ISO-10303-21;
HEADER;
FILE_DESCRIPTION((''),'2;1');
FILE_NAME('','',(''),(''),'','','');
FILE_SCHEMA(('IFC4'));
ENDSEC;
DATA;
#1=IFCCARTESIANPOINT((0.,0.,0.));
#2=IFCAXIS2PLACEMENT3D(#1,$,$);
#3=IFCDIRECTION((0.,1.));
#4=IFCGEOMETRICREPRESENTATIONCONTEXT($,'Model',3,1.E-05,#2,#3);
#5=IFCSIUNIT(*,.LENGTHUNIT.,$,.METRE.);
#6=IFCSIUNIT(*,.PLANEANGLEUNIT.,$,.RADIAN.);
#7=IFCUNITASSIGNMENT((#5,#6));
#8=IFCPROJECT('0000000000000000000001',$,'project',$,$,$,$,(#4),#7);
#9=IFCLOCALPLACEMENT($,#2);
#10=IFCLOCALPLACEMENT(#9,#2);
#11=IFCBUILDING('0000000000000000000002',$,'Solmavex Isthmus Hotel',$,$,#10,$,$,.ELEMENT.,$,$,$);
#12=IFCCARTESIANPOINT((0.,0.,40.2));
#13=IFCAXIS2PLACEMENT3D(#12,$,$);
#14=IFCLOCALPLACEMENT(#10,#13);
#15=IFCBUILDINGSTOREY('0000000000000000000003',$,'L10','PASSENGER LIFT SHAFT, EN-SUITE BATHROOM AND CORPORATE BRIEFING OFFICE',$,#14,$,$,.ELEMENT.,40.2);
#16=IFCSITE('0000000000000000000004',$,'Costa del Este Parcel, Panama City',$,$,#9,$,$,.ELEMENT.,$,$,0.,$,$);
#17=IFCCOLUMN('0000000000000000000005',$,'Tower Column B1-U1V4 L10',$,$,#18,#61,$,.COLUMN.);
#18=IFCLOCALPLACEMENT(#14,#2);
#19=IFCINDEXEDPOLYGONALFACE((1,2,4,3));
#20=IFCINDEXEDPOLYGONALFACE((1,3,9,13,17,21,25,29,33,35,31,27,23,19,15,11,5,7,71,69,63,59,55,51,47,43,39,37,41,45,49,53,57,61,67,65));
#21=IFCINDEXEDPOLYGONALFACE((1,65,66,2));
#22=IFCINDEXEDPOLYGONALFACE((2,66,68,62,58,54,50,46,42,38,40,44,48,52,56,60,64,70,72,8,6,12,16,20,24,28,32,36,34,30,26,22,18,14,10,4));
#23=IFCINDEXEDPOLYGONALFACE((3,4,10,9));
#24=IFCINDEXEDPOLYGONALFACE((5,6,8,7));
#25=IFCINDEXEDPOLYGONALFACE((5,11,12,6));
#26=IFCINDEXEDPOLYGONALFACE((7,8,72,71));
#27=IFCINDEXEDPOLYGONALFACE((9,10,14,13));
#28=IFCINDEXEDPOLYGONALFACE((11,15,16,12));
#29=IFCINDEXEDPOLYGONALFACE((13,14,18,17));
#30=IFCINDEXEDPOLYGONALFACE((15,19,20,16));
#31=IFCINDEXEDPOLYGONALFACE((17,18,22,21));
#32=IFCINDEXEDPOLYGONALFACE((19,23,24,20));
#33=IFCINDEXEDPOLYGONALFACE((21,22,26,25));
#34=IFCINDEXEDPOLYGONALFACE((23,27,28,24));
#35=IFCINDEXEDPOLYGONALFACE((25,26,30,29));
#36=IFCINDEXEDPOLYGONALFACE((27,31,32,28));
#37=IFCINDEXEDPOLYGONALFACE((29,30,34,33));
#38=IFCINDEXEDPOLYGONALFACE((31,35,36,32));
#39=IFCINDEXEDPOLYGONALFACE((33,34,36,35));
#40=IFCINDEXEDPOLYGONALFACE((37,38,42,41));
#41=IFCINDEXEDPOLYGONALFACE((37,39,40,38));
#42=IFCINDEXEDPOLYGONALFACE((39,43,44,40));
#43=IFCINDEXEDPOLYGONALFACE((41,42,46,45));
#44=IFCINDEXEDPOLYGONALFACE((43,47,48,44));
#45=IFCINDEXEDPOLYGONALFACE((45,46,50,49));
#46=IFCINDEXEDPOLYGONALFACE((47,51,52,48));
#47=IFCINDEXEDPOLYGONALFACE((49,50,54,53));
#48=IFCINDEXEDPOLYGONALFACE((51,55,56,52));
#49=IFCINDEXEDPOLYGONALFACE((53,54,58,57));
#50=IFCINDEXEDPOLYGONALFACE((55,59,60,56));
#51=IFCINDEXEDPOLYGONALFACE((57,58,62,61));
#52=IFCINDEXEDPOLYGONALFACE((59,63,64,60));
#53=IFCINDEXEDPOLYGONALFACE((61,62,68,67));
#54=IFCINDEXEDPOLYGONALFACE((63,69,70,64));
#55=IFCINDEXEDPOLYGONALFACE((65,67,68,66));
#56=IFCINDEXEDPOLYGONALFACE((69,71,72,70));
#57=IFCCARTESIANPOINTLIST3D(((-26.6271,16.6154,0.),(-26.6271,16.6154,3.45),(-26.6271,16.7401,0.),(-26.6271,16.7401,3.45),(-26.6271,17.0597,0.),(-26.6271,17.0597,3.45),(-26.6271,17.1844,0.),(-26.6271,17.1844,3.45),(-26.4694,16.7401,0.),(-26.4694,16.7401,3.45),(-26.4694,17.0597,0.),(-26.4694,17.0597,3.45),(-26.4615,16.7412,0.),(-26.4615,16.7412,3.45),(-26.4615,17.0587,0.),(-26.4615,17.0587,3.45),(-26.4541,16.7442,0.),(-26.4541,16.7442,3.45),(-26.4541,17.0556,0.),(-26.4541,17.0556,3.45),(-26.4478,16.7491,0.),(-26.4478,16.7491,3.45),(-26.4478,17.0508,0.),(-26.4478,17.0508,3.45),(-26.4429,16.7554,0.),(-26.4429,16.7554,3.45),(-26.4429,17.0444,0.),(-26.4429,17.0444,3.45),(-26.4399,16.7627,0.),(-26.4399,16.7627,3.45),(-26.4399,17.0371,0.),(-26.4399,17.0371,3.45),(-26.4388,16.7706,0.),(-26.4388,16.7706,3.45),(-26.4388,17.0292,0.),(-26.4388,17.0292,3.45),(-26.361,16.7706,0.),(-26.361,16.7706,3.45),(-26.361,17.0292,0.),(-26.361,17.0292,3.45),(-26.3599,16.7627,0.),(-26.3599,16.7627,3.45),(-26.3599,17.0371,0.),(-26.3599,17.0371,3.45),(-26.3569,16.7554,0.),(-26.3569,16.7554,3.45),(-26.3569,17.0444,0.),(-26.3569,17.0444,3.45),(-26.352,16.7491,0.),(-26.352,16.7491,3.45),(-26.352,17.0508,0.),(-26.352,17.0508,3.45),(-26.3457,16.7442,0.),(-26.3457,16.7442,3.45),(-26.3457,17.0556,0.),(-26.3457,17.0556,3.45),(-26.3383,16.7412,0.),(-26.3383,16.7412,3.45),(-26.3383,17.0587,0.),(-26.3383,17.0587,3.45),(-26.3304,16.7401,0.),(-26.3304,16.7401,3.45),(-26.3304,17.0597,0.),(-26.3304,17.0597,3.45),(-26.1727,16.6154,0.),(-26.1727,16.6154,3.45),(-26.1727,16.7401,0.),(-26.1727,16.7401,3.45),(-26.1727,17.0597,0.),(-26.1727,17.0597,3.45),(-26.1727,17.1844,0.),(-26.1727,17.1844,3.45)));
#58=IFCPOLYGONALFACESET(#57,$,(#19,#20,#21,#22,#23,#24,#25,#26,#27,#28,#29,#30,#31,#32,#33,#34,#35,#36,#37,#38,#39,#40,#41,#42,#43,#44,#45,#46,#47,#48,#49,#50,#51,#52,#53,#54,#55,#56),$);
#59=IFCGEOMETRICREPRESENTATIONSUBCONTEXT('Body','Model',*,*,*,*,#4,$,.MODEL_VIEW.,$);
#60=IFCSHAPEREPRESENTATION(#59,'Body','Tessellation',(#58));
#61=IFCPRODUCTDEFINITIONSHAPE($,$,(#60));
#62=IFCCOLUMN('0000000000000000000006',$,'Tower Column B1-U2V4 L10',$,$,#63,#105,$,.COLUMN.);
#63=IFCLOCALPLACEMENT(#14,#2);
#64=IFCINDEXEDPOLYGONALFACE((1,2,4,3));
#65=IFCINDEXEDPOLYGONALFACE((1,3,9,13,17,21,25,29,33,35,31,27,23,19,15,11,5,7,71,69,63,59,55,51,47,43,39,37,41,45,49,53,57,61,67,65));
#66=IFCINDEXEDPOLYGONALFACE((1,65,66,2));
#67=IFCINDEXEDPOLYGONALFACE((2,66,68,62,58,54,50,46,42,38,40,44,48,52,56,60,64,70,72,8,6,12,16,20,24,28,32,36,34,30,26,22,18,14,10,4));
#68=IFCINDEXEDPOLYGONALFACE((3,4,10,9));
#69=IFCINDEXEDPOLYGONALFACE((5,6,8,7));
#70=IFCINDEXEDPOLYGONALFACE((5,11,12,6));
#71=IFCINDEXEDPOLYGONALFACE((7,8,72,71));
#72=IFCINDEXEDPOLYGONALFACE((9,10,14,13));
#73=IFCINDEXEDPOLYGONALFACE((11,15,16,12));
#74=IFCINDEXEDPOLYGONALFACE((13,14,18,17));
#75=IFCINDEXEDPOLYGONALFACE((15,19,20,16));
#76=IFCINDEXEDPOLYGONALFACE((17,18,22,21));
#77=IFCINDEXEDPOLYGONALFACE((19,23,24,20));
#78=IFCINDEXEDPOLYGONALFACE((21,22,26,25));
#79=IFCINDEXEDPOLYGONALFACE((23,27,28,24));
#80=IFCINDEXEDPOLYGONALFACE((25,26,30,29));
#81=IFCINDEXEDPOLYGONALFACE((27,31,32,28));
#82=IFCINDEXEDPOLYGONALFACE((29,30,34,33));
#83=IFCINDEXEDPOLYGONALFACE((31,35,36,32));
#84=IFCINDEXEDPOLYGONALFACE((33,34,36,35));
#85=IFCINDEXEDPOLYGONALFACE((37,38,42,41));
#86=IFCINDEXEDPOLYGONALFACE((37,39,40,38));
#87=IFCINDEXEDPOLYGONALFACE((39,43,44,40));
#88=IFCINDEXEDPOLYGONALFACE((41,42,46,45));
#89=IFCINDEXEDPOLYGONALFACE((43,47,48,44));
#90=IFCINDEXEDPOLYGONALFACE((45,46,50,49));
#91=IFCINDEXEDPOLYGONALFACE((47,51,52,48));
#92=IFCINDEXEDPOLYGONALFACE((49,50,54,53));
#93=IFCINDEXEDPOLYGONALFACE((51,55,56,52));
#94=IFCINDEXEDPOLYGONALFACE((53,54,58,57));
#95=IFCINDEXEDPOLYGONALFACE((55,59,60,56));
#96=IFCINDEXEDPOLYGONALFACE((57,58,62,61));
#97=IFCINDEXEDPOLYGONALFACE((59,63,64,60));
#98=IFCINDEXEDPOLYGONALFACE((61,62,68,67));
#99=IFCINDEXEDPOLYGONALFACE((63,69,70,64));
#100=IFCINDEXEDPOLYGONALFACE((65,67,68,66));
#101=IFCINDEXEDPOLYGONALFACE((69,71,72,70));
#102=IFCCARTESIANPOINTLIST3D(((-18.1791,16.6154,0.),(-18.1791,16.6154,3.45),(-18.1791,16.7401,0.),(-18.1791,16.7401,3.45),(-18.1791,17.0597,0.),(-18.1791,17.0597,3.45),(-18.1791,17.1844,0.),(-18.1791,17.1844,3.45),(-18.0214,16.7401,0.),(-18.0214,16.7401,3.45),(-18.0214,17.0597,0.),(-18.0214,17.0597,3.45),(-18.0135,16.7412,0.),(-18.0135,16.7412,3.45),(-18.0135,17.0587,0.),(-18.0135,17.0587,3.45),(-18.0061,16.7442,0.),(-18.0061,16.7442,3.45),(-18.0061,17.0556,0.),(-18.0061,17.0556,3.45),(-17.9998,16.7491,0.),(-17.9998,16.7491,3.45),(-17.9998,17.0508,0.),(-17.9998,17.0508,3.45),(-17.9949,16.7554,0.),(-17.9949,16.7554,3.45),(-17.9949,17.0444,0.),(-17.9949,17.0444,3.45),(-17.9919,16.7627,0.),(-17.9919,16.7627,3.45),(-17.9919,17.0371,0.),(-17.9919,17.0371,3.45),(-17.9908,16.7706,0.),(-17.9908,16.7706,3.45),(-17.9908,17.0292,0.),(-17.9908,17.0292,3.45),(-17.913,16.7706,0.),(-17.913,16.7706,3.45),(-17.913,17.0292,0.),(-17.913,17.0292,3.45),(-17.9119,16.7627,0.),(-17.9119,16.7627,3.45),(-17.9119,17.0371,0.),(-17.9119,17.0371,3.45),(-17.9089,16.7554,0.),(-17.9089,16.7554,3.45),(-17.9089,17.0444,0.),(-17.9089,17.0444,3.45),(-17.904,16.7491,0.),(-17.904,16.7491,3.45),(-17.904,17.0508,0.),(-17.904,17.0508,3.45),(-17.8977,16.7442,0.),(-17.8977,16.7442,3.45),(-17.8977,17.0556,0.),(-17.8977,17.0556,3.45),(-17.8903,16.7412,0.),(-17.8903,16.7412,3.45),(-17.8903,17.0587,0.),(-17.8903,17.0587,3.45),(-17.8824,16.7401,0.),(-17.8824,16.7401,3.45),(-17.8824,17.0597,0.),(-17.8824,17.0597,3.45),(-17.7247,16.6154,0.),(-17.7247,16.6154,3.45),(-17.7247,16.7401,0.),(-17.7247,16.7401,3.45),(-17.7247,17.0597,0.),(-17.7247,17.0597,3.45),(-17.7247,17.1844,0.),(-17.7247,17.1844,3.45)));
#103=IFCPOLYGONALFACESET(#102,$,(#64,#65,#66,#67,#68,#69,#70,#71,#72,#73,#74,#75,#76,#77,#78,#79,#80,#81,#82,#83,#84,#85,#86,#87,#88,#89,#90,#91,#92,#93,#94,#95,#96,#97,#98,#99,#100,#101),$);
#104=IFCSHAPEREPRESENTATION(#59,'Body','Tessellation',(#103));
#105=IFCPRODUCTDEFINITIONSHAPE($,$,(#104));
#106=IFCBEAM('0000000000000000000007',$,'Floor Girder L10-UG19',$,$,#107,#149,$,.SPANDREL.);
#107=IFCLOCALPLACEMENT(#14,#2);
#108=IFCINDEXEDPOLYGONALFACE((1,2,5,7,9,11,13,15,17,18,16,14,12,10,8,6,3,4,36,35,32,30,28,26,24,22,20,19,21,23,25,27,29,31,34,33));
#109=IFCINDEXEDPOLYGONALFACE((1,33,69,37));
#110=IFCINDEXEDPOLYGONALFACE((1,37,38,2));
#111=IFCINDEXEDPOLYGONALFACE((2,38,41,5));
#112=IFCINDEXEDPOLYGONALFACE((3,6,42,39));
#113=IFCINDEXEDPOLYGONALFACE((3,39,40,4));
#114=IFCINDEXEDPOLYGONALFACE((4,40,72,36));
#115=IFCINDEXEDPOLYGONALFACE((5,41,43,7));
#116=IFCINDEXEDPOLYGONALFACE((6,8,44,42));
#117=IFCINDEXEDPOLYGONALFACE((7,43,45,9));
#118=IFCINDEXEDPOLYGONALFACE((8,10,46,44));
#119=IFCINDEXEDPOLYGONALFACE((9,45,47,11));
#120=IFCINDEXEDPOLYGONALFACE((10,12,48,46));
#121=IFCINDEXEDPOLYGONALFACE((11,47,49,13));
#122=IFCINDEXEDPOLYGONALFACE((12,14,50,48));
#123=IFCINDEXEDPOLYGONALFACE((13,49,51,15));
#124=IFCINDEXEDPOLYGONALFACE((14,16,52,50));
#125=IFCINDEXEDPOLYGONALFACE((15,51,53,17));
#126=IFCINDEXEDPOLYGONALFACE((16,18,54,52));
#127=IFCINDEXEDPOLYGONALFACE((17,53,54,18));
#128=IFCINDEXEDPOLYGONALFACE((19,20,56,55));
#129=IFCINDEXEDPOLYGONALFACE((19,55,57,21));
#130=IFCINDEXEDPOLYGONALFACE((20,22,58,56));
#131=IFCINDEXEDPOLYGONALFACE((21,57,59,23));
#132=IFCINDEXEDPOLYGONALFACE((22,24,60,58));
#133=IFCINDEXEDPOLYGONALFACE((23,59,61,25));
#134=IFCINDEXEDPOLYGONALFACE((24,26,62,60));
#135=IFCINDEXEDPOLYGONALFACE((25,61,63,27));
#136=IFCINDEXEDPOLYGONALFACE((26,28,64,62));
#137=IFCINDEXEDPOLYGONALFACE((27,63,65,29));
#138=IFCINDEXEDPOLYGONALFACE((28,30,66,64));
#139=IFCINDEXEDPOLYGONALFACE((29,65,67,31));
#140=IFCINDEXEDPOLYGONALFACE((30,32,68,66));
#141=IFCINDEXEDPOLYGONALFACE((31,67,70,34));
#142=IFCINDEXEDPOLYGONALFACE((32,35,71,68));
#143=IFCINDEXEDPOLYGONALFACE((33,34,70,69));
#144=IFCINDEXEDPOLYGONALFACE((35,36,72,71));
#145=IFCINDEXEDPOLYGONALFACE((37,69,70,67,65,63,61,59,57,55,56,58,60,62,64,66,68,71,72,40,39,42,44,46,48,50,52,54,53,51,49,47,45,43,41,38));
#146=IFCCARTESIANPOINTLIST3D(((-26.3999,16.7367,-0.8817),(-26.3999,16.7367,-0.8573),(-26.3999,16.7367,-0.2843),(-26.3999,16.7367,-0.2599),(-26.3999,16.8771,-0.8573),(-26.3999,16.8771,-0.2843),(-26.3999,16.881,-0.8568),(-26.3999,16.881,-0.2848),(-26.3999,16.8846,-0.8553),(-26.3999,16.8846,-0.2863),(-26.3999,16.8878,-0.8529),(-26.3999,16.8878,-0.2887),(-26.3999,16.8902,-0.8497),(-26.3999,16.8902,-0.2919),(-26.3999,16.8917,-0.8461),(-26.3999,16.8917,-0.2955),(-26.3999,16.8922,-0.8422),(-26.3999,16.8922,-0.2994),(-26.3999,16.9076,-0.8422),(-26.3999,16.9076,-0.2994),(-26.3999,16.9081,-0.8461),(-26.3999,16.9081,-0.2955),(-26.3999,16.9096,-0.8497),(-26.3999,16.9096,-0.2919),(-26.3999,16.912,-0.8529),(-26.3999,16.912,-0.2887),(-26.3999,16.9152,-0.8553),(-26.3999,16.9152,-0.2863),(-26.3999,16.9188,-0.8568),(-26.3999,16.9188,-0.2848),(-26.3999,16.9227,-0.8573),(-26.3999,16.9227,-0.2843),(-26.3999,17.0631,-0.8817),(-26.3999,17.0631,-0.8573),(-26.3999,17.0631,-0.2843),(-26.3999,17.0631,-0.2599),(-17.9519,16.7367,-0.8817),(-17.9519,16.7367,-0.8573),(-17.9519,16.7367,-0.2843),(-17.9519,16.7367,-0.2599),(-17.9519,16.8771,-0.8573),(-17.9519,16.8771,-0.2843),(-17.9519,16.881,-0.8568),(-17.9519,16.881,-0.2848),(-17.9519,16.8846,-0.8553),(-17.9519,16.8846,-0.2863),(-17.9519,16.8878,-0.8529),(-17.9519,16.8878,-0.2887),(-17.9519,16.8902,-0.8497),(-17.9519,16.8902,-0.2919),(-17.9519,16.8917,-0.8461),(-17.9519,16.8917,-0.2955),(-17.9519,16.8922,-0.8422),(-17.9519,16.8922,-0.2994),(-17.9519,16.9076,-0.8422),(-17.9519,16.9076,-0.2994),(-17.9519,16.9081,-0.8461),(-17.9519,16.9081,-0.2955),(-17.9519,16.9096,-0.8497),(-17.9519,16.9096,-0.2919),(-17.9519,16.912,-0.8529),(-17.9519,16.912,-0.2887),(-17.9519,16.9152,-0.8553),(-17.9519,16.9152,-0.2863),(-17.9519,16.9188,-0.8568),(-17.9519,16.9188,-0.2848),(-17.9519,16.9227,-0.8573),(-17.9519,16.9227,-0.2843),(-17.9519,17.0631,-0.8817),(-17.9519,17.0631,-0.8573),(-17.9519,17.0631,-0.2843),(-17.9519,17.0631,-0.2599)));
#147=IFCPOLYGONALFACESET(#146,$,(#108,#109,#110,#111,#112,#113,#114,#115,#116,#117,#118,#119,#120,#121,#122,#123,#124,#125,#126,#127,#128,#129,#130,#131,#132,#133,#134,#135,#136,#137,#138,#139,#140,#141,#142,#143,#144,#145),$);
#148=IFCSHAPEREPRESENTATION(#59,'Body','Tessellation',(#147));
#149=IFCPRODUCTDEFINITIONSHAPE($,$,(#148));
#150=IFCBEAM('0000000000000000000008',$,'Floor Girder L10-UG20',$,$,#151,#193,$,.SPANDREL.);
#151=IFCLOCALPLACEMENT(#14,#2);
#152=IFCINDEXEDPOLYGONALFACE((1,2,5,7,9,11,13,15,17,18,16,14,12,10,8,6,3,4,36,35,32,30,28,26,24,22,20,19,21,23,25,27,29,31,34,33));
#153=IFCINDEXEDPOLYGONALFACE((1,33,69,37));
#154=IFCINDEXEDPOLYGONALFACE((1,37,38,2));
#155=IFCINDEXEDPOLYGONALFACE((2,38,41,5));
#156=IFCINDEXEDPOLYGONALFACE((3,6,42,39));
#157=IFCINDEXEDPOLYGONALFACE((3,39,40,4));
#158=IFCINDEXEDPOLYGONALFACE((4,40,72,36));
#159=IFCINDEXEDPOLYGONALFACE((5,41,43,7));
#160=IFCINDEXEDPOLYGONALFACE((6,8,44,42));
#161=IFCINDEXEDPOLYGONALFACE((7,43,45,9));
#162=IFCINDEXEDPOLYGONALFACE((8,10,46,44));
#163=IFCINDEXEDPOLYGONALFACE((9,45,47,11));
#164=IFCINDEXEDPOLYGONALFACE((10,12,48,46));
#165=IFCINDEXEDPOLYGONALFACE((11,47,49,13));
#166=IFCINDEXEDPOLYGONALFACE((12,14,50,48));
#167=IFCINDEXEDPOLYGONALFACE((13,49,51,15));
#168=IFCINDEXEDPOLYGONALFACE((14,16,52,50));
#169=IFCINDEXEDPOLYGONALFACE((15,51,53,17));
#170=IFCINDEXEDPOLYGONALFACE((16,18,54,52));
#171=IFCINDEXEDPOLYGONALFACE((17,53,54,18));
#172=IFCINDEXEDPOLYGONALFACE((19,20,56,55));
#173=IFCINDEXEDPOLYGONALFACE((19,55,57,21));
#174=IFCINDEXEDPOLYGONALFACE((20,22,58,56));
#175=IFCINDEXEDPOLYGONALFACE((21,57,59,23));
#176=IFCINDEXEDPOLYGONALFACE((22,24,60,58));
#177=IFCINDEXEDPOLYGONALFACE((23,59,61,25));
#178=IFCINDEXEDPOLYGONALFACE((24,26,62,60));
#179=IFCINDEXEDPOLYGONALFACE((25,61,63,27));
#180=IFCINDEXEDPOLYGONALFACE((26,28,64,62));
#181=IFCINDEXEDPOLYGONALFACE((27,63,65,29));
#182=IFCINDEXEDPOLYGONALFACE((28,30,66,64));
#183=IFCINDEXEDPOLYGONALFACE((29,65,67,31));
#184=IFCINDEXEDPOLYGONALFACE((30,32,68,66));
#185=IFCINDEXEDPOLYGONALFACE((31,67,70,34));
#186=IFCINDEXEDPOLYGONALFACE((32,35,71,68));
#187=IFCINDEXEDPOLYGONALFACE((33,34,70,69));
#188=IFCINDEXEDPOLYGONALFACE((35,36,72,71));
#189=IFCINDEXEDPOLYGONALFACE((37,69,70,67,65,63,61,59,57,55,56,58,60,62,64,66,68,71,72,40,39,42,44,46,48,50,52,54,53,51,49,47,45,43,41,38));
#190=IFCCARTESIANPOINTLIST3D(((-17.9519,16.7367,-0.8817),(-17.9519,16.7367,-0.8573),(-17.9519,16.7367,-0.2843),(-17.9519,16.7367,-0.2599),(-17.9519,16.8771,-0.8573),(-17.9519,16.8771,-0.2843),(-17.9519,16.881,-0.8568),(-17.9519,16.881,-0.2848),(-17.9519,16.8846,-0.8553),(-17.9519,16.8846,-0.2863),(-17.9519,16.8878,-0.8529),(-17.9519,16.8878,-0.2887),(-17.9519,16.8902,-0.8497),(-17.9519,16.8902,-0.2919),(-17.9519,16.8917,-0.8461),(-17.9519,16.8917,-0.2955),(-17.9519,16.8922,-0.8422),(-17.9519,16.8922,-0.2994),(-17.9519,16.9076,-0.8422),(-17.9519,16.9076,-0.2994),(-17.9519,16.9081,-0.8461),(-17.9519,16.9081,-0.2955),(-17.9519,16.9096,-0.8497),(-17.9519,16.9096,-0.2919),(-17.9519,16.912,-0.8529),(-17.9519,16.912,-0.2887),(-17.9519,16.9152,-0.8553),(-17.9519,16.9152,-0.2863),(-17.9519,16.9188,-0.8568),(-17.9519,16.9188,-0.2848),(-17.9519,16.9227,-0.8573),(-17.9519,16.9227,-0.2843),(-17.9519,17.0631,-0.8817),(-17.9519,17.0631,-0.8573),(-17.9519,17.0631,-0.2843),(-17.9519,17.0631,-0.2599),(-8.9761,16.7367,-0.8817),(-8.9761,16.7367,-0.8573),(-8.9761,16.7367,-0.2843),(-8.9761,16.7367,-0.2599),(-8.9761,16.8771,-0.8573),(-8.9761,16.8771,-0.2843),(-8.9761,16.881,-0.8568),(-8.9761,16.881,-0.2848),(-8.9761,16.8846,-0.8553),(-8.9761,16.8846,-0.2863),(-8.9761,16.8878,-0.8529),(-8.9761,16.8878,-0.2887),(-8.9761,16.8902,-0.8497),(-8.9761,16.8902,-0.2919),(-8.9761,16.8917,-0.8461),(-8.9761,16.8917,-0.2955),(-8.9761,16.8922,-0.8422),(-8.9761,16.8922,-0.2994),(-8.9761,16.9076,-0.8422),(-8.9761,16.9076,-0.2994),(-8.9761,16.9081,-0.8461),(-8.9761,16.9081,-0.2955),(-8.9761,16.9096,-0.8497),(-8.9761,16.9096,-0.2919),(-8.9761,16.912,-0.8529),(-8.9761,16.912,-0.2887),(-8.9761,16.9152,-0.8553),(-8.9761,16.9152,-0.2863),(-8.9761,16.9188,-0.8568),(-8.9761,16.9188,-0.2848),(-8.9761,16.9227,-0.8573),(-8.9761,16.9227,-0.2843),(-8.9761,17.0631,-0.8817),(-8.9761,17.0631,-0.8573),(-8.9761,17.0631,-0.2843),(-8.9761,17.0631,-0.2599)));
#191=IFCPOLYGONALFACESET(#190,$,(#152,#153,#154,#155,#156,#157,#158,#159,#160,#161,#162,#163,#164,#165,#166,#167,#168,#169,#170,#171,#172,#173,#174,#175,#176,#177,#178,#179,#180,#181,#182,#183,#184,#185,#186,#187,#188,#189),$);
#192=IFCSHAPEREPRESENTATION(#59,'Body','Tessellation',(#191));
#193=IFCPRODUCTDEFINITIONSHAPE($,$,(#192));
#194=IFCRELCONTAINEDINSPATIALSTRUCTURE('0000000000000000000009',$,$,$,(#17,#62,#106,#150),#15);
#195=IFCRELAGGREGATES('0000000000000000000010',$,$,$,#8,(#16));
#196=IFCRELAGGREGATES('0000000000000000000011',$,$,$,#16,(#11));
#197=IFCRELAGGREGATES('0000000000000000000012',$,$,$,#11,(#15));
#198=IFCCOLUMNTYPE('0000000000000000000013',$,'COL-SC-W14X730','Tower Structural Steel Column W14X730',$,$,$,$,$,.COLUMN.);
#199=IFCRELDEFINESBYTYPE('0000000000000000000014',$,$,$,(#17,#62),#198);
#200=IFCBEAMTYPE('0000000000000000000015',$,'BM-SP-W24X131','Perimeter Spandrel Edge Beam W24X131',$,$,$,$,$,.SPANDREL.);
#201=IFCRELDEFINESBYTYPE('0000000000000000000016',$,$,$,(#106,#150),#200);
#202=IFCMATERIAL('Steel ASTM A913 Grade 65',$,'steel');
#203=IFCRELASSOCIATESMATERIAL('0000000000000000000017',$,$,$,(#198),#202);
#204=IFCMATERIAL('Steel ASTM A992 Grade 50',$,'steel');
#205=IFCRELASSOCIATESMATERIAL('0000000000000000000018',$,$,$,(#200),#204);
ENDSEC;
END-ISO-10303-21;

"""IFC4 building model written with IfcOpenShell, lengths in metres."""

from ifc_helpers import new_model, si_unit, direction, frame, origin, origin_2d, place, context, subcontext, project, spatial, i_section, extrude, material, material_profile, profile_set, type_object, element, save


model = new_model("IFC4")

# Units and contexts
model_context = context("Model", 3, precision=1e-05, world=origin(), true_north=direction((0.0, 1.0)))
body_context = subcontext(model_context, "Body", "Model", "MODEL_VIEW")
ifc_project = project(units=[si_unit("LENGTHUNIT", "METRE"), si_unit("PLANEANGLEUNIT", "RADIAN")], contexts=[model_context])

# Site, building, storey
site_placement = place(None, origin())
site = spatial("IfcSite", under=ifc_project, at=site_placement, Name="Costa del Este Parcel, Panama City", CompositionType="ELEMENT", RefElevation=0.0)
building_placement = place(site_placement, origin())
building = spatial("IfcBuilding", under=site, at=building_placement, Name="Solmavex Isthmus Hotel", CompositionType="ELEMENT")
storey_placement = place(building_placement, frame((0.0, 0.0, 40.2)))
storey = spatial("IfcBuildingStorey", under=building, at=storey_placement, Name="L10", Description="PASSENGER LIFT SHAFT, EN-SUITE BATHROOM AND CORPORATE BRIEFING OFFICE", CompositionType="ELEMENT", Elevation=40.2)

# Columns
ifc_material_1 = material(Name="Steel ASTM A913 Grade 65", Category="steel")
ifc_material_profile_1 = material_profile(ifc_material_1, i_section(OverallWidth=0.4543, OverallDepth=0.5691, WebThickness=0.0779, FlangeThickness=0.1248, FilletRadius=0.0305, at=origin_2d()), Name="W14X730")
ifc_profile_set_1 = profile_set([ifc_material_profile_1], Name="Steel ASTM A913 Grade 65")
column_type = type_object("IfcColumnType", Name="COL-SC-W14X730", Description="Tower Structural Steel Column W14X730", PredefinedType="COLUMN", material=ifc_profile_set_1)
for number, where, z_axis, x_axis, name in (
    (1, (-26.3999, 16.8999, 0.0), (0.0, 0.0, 1.0), (1.0, 0.0, 0.0), "Tower Column B1-U1V4 L10"),
    (2, (-17.9519, 16.8999, 0.0), (0.0, 0.0, 1.0), (1.0, 0.0, 0.0), "Tower Column B1-U2V4 L10"),
):
    element("IfcColumn", number, at=place(storey_placement, frame(where, z_axis=z_axis, x_axis=x_axis)), inside=storey, type_object=column_type, Name=name, PredefinedType="COLUMN", context=body_context, shape_type="SweptSolid", body=[
        extrude(i_section(OverallWidth=0.4543, OverallDepth=0.5691, WebThickness=0.0779, FlangeThickness=0.1248, FilletRadius=0.0305, at=origin_2d()), origin(), (0.0, 0.0, 1.0), 3.45),
    ])

# Beams
ifc_material_2 = material(Name="Steel ASTM A992 Grade 50", Category="steel")
ifc_material_profile_2 = material_profile(ifc_material_2, i_section(OverallWidth=0.3264, OverallDepth=0.6218, WebThickness=0.0154, FlangeThickness=0.0244, FilletRadius=0.0151, at=origin_2d()), Name="W24X131")
ifc_profile_set_2 = profile_set([ifc_material_profile_2], Name="Steel ASTM A992 Grade 50")
beam_type = type_object("IfcBeamType", Name="BM-SP-W24X131", Description="Perimeter Spandrel Edge Beam W24X131", PredefinedType="SPANDREL", material=ifc_profile_set_2)
beam_1_placement = place(storey_placement, frame((-26.3999, 16.8999, -0.5708), z_axis=(1.0, 0.0, 0.0), x_axis=(0.0, 1.0, 0.0)))
element("IfcBeam", 3, at=beam_1_placement, inside=storey, type_object=beam_type, Name="Floor Girder L10-UG19", PredefinedType="SPANDREL", context=body_context, shape_type="SweptSolid", body=[
    extrude(i_section(OverallWidth=0.3264, OverallDepth=0.6218, WebThickness=0.0154, FlangeThickness=0.0244, FilletRadius=0.0151, at=origin_2d()), origin(), (0.0, 0.0, 1.0), 8.448),
])
beam_2_placement = place(storey_placement, frame((-17.9519, 16.8999, -0.5708), z_axis=(1.0, 0.0, 0.0), x_axis=(0.0, 1.0, 0.0)))
element("IfcBeam", 4, at=beam_2_placement, inside=storey, type_object=beam_type, Name="Floor Girder L10-UG20", PredefinedType="SPANDREL", context=body_context, shape_type="SweptSolid", body=[
    extrude(i_section(OverallWidth=0.3264, OverallDepth=0.6218, WebThickness=0.0154, FlangeThickness=0.0244, FilletRadius=0.0151, at=origin_2d()), origin(), (0.0, 0.0, 1.0), 8.9758),
])

save(model, "model.ifc")
